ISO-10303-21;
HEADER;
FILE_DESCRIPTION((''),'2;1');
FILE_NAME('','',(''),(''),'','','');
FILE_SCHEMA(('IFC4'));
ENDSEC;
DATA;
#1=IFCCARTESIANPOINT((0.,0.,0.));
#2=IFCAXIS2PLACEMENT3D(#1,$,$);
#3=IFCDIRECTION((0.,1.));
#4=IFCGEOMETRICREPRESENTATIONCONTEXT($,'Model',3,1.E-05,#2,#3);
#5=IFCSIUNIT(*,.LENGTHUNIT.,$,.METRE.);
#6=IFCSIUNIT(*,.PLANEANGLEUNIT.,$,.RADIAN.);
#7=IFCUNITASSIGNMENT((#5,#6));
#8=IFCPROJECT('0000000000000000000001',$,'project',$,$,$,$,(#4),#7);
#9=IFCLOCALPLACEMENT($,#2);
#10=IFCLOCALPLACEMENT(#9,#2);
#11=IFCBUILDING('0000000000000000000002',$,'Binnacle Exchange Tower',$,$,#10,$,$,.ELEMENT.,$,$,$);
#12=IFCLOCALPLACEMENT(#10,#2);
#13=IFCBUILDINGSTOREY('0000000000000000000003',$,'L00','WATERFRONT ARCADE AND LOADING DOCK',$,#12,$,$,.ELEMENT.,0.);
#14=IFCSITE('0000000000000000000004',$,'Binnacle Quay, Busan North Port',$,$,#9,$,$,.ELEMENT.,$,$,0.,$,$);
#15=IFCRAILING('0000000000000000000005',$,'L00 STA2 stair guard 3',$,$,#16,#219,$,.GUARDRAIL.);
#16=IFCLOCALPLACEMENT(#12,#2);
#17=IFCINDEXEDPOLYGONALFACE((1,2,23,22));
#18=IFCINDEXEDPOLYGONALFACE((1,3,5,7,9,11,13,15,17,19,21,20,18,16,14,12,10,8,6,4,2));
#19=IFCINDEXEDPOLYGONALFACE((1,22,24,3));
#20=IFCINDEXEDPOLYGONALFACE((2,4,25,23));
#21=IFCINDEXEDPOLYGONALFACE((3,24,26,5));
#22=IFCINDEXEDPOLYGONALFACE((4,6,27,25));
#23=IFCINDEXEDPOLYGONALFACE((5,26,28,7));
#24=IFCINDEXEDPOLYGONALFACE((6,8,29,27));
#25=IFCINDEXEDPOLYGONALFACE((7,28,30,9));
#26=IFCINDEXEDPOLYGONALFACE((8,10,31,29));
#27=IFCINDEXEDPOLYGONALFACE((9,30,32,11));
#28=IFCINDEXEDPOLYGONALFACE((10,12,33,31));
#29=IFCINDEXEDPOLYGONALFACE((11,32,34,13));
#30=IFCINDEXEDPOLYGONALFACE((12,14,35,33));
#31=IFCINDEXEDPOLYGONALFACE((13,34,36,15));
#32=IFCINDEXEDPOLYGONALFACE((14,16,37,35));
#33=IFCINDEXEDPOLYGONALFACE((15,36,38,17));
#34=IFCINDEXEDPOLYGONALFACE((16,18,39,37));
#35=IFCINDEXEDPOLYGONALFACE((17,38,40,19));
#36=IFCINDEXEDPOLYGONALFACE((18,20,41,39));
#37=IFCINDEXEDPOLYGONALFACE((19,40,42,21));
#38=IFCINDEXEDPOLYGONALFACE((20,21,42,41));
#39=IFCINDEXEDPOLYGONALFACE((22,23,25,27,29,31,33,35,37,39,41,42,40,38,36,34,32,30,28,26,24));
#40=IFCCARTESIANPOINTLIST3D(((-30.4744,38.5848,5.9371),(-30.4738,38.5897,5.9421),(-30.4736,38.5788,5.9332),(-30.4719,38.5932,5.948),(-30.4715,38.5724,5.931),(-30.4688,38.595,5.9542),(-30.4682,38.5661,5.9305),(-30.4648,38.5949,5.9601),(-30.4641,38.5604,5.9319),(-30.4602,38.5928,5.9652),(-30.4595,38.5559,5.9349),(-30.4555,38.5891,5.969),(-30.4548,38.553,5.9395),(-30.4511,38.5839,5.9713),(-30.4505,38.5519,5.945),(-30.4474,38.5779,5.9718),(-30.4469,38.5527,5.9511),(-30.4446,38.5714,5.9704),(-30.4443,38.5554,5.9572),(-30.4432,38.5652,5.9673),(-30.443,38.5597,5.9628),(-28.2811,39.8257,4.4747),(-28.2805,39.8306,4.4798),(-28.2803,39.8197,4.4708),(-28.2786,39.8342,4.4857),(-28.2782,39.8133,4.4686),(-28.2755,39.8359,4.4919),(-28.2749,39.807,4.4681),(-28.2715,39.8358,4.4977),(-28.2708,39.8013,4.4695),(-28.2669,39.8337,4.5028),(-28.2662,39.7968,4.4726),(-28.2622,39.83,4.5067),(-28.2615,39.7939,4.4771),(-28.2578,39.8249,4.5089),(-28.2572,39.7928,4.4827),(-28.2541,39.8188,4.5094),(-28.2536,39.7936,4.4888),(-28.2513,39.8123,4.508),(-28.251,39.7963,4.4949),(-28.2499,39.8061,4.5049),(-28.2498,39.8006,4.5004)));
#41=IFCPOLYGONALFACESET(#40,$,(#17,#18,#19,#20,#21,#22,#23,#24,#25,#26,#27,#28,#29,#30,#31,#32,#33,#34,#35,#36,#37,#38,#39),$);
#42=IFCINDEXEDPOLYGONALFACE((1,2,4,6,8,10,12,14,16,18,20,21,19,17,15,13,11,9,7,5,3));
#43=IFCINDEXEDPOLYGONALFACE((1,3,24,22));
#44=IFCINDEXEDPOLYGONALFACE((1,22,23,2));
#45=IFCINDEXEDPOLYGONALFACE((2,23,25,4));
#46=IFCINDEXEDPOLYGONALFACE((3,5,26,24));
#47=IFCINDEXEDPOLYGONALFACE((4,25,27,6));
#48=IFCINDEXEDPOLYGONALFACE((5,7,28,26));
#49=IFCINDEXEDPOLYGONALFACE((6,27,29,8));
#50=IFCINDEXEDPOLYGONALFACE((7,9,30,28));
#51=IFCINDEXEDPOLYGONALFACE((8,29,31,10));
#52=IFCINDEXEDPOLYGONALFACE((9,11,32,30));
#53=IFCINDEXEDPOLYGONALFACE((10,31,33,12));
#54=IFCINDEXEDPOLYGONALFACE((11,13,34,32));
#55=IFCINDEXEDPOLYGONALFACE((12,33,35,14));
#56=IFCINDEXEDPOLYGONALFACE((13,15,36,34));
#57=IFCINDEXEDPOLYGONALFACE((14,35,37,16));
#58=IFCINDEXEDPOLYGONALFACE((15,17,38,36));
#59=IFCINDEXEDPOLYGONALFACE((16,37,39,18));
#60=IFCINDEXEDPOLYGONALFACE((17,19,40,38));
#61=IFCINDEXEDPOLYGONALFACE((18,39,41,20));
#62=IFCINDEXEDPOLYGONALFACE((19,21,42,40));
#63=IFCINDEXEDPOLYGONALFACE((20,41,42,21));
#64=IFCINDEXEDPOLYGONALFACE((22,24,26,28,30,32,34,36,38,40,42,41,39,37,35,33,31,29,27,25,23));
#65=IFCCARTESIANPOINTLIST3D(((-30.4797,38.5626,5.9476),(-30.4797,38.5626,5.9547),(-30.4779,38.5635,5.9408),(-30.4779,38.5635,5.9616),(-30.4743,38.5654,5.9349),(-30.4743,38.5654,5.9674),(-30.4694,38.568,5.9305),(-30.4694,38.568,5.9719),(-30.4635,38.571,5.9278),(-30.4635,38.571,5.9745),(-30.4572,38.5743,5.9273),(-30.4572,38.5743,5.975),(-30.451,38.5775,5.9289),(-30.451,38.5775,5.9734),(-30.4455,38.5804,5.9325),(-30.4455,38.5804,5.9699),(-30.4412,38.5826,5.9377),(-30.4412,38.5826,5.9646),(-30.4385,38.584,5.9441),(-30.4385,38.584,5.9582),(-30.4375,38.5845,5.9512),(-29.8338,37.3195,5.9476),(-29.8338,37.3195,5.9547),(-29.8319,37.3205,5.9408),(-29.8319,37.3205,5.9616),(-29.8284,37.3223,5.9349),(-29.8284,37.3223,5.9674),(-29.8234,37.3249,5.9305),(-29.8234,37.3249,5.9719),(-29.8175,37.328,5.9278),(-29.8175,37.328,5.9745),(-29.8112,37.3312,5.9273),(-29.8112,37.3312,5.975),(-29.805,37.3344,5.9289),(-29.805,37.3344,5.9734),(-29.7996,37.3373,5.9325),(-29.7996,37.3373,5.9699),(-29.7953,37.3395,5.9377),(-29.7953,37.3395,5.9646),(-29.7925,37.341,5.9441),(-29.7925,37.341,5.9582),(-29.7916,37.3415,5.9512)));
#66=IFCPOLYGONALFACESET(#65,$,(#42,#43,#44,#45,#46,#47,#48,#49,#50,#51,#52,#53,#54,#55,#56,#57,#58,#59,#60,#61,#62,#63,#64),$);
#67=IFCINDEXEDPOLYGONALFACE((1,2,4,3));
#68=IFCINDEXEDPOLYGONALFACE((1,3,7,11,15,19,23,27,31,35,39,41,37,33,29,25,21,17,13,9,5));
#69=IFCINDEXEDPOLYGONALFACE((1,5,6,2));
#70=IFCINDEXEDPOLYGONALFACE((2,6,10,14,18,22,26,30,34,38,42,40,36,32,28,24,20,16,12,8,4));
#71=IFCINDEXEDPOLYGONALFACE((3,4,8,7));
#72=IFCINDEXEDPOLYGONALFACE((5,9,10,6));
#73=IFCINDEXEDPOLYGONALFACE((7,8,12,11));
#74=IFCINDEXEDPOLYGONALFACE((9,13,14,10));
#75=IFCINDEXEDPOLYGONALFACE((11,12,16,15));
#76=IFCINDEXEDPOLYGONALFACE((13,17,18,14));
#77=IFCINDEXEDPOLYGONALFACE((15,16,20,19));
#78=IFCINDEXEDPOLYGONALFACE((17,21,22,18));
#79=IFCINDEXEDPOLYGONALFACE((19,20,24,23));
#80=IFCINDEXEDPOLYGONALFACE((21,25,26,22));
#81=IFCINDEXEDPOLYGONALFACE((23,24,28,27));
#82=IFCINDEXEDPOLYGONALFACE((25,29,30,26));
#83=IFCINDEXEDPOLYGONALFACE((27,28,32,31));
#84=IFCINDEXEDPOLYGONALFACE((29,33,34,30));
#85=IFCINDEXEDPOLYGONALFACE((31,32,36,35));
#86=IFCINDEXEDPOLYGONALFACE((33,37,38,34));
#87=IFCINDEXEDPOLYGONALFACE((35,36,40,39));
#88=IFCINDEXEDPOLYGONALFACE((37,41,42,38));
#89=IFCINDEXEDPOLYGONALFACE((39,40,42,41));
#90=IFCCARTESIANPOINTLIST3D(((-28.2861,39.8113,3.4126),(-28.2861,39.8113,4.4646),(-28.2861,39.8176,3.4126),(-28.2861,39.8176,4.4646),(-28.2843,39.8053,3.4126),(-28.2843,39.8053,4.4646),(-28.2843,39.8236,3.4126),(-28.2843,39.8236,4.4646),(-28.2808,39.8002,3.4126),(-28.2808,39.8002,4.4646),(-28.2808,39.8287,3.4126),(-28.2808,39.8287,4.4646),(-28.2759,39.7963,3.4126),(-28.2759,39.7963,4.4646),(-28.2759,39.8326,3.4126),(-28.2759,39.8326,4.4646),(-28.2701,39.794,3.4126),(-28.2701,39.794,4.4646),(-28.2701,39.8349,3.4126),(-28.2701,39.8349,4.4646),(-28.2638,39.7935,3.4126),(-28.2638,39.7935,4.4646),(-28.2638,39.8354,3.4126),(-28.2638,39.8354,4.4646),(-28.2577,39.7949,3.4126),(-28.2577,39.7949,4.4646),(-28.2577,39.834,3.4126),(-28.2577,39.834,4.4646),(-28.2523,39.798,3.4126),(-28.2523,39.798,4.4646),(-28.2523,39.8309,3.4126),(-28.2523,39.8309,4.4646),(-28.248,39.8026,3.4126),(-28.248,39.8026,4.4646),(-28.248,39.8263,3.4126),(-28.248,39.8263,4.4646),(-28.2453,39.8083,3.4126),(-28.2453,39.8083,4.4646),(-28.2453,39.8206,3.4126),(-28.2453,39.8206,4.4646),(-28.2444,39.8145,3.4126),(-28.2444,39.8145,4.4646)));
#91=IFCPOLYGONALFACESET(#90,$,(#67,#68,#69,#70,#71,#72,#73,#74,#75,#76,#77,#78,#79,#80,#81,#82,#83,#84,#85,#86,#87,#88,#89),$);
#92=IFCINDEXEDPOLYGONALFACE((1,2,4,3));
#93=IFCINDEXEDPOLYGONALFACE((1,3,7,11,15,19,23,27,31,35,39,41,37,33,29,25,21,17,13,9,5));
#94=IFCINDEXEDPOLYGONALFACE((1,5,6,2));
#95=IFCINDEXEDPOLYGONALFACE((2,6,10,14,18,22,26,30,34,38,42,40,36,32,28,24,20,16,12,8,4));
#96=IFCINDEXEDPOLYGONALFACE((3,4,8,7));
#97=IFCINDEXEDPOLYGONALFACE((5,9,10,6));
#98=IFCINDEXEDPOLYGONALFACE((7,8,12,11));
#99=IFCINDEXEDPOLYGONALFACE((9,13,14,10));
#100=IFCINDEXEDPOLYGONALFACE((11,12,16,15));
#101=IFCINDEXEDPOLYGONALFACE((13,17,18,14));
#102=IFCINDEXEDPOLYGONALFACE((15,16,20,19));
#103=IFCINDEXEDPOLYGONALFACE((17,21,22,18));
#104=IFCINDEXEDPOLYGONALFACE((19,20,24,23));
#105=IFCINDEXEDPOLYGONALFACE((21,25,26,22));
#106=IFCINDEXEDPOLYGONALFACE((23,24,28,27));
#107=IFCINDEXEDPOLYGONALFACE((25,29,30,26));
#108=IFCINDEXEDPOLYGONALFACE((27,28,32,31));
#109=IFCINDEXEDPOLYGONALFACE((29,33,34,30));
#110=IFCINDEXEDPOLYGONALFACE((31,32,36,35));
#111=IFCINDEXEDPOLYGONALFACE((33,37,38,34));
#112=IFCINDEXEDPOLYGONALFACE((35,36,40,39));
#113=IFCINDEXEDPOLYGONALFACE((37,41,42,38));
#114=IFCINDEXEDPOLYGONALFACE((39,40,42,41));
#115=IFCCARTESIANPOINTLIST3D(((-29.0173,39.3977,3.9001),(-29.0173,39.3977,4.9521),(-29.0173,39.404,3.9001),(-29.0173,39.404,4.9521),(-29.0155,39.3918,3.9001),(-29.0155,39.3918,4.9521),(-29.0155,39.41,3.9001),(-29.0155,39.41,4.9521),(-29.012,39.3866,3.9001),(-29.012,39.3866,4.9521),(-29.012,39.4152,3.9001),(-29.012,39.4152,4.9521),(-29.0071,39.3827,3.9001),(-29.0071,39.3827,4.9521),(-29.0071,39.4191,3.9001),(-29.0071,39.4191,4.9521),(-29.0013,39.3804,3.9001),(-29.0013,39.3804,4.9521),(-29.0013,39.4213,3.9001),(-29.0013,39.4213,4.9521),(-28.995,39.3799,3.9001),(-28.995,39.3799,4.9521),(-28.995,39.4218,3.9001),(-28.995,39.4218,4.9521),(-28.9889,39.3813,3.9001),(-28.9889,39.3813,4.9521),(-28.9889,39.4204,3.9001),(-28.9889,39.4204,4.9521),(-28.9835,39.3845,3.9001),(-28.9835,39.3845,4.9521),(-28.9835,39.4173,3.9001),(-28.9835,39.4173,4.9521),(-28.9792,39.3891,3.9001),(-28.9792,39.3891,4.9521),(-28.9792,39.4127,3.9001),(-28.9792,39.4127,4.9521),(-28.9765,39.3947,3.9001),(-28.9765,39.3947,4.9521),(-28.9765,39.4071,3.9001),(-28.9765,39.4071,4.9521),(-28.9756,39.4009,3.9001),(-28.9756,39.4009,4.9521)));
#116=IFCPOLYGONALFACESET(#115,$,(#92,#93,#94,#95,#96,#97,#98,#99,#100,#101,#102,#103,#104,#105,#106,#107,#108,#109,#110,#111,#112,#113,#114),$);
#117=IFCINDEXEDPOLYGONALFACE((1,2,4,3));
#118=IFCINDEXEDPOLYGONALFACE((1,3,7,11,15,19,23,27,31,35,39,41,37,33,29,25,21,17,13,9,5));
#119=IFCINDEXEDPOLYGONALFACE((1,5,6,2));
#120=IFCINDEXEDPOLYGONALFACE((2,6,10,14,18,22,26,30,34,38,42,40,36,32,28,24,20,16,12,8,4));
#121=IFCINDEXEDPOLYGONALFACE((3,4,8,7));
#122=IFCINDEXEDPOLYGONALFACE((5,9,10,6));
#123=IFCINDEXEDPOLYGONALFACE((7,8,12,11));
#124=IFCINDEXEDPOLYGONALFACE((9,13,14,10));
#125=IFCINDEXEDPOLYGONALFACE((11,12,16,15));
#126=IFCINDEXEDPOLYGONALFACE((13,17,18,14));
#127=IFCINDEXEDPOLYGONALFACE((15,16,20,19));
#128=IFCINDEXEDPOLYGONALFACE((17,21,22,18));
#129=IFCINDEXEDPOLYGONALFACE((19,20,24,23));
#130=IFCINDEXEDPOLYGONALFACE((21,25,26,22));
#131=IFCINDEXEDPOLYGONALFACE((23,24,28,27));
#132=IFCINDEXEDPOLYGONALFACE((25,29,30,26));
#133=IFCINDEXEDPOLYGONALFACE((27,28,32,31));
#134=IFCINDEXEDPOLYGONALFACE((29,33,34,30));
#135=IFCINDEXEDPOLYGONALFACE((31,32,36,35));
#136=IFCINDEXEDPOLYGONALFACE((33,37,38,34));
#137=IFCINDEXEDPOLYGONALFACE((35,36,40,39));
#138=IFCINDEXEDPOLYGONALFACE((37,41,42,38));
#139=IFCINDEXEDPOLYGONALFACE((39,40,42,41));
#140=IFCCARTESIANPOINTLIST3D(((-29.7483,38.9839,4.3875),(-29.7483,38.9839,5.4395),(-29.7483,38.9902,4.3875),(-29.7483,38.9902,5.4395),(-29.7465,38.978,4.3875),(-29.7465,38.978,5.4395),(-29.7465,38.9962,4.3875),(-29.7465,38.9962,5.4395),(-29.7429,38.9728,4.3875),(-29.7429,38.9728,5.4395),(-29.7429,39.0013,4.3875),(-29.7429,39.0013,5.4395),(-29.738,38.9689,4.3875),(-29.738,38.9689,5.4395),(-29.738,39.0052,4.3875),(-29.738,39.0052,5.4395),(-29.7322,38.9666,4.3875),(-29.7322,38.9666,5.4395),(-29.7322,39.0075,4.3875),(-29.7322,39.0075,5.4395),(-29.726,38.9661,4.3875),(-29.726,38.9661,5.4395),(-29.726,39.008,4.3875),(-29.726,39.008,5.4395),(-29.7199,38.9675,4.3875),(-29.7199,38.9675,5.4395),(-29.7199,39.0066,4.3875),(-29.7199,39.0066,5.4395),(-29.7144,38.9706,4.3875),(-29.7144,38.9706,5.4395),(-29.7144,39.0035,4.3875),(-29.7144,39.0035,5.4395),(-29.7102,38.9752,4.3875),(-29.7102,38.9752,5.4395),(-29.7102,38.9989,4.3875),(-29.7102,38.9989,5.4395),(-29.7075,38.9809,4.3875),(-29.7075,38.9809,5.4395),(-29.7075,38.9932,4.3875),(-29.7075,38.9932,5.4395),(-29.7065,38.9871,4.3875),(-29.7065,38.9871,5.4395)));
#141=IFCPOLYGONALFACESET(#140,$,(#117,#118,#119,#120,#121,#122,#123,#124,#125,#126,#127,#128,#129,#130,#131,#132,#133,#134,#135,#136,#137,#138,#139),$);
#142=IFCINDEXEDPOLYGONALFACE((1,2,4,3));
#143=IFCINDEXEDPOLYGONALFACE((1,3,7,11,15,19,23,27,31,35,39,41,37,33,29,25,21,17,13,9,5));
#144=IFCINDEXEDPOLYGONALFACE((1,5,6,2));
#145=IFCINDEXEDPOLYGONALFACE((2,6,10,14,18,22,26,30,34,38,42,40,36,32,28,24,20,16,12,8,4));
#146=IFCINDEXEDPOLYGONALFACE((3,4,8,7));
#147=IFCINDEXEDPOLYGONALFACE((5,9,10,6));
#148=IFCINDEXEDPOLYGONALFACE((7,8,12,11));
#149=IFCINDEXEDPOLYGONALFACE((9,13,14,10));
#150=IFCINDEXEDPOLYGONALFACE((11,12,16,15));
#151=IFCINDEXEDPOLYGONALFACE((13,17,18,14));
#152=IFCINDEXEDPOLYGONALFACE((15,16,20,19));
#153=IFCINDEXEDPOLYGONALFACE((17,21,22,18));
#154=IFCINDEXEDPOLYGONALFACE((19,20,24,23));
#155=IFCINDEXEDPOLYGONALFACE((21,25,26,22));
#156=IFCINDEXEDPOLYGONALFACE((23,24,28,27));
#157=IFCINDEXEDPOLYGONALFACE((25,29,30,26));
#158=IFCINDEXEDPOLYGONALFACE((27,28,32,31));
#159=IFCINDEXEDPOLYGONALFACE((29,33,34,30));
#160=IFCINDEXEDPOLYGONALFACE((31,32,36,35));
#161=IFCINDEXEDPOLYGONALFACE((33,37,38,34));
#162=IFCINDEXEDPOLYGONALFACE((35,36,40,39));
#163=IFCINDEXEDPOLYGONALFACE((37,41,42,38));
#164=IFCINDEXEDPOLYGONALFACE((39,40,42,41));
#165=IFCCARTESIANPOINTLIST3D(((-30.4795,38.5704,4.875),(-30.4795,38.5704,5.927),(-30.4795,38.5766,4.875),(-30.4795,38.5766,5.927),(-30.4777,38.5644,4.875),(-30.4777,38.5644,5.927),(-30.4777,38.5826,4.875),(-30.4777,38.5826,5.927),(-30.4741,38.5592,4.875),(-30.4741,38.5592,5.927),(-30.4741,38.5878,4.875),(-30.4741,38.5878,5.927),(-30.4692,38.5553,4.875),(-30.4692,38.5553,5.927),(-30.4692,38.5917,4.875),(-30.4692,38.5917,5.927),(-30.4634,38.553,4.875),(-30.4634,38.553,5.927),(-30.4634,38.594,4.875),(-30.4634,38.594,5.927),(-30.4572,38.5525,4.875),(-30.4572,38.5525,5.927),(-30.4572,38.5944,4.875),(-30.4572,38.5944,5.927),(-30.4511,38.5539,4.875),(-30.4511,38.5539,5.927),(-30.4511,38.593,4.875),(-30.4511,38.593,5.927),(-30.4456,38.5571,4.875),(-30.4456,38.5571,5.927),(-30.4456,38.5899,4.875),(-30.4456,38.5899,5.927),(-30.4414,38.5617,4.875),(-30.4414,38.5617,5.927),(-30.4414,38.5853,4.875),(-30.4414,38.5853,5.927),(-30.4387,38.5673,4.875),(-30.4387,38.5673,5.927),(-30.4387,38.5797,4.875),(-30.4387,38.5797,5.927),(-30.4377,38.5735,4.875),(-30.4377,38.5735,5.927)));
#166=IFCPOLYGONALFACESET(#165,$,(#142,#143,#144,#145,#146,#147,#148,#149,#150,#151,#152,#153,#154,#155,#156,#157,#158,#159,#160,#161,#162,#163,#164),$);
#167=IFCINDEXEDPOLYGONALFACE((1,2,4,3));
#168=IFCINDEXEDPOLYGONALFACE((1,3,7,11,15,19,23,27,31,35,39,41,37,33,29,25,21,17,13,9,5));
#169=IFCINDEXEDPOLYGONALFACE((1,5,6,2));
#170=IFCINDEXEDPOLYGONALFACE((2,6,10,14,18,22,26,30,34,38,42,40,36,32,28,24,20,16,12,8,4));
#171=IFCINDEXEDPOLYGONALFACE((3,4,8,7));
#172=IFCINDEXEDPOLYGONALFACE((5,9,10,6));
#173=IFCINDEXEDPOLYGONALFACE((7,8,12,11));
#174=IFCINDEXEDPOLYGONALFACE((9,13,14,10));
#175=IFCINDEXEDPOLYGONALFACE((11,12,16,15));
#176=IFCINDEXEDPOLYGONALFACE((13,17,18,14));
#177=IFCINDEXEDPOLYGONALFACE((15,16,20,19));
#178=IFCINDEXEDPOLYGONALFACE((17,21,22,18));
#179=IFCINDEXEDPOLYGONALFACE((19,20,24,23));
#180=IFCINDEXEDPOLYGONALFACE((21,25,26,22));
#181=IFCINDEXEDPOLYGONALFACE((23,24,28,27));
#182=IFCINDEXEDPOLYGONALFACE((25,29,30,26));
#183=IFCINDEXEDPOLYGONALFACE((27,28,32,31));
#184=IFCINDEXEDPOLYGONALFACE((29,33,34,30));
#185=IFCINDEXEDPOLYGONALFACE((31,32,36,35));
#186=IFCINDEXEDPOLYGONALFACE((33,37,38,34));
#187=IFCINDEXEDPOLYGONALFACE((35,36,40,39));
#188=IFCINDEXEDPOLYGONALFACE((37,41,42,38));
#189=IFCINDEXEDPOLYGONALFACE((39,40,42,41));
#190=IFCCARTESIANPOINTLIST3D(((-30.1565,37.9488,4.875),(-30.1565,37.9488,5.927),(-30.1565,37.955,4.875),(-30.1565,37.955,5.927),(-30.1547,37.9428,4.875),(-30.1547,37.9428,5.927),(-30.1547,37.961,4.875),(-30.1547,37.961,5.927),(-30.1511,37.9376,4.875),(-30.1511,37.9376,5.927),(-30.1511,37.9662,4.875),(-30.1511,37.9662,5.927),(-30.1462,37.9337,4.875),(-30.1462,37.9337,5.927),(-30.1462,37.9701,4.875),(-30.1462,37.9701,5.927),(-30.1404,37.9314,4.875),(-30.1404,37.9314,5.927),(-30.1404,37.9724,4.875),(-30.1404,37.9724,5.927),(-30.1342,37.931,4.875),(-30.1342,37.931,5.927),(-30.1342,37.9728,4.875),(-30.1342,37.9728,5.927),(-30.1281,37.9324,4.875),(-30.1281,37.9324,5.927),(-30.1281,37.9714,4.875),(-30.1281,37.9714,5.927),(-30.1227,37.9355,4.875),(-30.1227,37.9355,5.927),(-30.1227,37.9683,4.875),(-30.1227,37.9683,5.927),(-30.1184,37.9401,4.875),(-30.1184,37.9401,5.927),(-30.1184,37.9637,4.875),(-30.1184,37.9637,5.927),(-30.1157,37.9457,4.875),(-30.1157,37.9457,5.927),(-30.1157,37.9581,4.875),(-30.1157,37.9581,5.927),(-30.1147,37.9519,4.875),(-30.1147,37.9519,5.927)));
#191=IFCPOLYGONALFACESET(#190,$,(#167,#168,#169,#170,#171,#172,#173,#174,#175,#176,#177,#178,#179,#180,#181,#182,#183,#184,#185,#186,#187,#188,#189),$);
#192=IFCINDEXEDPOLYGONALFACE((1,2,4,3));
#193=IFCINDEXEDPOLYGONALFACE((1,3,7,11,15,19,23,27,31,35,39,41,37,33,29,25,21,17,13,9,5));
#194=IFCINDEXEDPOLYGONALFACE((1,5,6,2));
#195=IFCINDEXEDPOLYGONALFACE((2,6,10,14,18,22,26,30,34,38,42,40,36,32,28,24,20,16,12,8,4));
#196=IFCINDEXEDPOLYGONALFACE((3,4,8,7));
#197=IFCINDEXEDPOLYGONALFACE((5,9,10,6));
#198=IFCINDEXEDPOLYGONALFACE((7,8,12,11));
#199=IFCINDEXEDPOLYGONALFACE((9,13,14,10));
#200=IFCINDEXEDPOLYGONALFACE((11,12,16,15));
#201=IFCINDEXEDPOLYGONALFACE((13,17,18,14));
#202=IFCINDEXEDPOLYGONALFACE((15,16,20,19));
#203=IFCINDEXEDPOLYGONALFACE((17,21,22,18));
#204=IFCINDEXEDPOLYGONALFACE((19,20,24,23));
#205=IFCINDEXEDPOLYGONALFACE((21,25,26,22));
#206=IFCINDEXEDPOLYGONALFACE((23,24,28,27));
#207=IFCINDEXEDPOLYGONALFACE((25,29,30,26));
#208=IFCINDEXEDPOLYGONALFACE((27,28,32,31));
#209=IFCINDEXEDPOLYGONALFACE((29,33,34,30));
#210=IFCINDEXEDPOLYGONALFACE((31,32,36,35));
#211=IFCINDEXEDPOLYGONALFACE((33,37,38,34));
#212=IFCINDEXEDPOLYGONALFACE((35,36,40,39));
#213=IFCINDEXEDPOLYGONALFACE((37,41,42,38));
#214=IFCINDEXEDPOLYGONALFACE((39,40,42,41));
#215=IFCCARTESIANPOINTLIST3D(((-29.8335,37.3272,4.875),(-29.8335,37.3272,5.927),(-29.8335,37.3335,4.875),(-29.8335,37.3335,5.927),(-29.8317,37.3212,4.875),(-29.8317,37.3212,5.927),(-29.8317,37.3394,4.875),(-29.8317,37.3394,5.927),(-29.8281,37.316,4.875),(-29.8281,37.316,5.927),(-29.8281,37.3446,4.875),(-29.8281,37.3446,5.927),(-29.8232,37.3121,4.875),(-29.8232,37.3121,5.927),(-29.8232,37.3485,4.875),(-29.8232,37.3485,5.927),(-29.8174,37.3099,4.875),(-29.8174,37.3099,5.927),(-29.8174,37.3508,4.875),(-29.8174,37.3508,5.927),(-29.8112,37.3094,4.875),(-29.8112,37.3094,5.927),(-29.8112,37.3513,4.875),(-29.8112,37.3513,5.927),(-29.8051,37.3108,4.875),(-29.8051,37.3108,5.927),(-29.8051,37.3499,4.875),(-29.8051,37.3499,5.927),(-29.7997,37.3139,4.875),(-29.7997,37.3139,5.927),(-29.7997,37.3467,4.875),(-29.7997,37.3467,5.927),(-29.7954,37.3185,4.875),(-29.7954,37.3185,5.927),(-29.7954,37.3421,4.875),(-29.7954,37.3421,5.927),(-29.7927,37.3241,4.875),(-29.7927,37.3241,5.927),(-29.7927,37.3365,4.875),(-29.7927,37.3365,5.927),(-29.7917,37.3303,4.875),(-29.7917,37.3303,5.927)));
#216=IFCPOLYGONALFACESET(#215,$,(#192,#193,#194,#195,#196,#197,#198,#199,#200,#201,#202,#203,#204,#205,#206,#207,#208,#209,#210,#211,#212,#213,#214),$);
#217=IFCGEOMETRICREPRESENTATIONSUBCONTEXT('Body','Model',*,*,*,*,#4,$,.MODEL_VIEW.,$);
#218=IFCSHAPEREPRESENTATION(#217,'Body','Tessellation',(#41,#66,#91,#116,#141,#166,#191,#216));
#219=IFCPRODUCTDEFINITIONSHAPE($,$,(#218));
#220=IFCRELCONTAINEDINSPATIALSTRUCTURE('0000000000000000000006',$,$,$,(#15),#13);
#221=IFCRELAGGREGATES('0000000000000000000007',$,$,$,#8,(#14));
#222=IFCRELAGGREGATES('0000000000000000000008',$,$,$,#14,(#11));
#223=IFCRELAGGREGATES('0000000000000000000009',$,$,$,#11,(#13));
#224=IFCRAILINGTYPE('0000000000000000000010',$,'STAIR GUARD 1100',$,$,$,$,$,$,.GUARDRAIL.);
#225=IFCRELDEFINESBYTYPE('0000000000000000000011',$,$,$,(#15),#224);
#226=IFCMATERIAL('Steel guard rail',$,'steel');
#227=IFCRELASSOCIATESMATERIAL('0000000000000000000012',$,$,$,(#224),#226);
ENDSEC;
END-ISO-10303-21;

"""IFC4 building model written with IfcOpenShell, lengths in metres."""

from ifc_helpers import new_model, si_unit, direction, frame, origin, origin_2d, place, context, subcontext, project, spatial, circle, extrude, material, type_object, element, save


model = new_model("IFC4")

# Units and contexts
model_context = context("Model", 3, precision=1e-05, world=origin(), true_north=direction((0.0, 1.0)))
body_context = subcontext(model_context, "Body", "Model", "MODEL_VIEW")
ifc_project = project(units=[si_unit("LENGTHUNIT", "METRE"), si_unit("PLANEANGLEUNIT", "RADIAN")], contexts=[model_context])

# Site, building, storey
site_placement = place(None, origin())
site = spatial("IfcSite", under=ifc_project, at=site_placement, Name="Binnacle Quay, Busan North Port", CompositionType="ELEMENT", RefElevation=0.0)
building_placement = place(site_placement, origin())
building = spatial("IfcBuilding", under=site, at=building_placement, Name="Binnacle Exchange Tower", CompositionType="ELEMENT")
storey_placement = place(building_placement, origin())
storey = spatial("IfcBuildingStorey", under=building, at=storey_placement, Name="L00", Description="WATERFRONT ARCADE AND LOADING DOCK", CompositionType="ELEMENT", Elevation=0.0)

# Railing
ifc_material_1 = material(Name="Steel guard rail", Category="steel")
railing_type = type_object("IfcRailingType", Name="STAIR GUARD 1100", PredefinedType="GUARDRAIL", material=ifc_material_1)
railing_1_placement = place(storey_placement, frame((-28.2654, 39.8145, 3.4126)))
element("IfcRailing", 1, at=railing_1_placement, inside=storey, type_object=railing_type, Name="L00 STA2 stair guard 3", PredefinedType="GUARDRAIL", context=body_context, shape_type="SweptSolid", body=[
    extrude(circle(Radius=0.0239, at=origin_2d()), frame((0.0, 0.0, 1.0762), z_axis=(-0.752784, -0.425913, 0.501912), x_axis=(0.492431, -0.870352, 0.0)), (0.0, 0.0, 1.0), 2.9136),
    extrude(circle(Radius=0.0239, at=origin_2d()), frame((-2.1934, -1.241, 2.5386), z_axis=(0.4611, -0.887348, 0.0), x_axis=(0.887348, 0.4611, 0.0)), (0.0, 0.0, 1.0), 1.4009),
    extrude(circle(Radius=0.021, at=origin_2d()), origin(), (0.0, 0.0, 1.0), 1.052),
    extrude(circle(Radius=0.021, at=origin_2d()), frame((-0.7312, -0.4136, 0.4875)), (0.0, 0.0, 1.0), 1.052),
    extrude(circle(Radius=0.021, at=origin_2d()), frame((-1.4622, -0.8274, 0.9749)), (0.0, 0.0, 1.0), 1.052),
    extrude(circle(Radius=0.021, at=origin_2d()), frame((-2.1934, -1.241, 1.4624)), (0.0, 0.0, 1.0), 1.052),
    extrude(circle(Radius=0.021, at=origin_2d()), frame((-1.8704, -1.8625, 1.4624)), (0.0, 0.0, 1.0), 1.052),
    extrude(circle(Radius=0.021, at=origin_2d()), frame((-1.5474, -2.4841, 1.4624)), (0.0, 0.0, 1.0), 1.052),
])

save(model, "model.ifc")
